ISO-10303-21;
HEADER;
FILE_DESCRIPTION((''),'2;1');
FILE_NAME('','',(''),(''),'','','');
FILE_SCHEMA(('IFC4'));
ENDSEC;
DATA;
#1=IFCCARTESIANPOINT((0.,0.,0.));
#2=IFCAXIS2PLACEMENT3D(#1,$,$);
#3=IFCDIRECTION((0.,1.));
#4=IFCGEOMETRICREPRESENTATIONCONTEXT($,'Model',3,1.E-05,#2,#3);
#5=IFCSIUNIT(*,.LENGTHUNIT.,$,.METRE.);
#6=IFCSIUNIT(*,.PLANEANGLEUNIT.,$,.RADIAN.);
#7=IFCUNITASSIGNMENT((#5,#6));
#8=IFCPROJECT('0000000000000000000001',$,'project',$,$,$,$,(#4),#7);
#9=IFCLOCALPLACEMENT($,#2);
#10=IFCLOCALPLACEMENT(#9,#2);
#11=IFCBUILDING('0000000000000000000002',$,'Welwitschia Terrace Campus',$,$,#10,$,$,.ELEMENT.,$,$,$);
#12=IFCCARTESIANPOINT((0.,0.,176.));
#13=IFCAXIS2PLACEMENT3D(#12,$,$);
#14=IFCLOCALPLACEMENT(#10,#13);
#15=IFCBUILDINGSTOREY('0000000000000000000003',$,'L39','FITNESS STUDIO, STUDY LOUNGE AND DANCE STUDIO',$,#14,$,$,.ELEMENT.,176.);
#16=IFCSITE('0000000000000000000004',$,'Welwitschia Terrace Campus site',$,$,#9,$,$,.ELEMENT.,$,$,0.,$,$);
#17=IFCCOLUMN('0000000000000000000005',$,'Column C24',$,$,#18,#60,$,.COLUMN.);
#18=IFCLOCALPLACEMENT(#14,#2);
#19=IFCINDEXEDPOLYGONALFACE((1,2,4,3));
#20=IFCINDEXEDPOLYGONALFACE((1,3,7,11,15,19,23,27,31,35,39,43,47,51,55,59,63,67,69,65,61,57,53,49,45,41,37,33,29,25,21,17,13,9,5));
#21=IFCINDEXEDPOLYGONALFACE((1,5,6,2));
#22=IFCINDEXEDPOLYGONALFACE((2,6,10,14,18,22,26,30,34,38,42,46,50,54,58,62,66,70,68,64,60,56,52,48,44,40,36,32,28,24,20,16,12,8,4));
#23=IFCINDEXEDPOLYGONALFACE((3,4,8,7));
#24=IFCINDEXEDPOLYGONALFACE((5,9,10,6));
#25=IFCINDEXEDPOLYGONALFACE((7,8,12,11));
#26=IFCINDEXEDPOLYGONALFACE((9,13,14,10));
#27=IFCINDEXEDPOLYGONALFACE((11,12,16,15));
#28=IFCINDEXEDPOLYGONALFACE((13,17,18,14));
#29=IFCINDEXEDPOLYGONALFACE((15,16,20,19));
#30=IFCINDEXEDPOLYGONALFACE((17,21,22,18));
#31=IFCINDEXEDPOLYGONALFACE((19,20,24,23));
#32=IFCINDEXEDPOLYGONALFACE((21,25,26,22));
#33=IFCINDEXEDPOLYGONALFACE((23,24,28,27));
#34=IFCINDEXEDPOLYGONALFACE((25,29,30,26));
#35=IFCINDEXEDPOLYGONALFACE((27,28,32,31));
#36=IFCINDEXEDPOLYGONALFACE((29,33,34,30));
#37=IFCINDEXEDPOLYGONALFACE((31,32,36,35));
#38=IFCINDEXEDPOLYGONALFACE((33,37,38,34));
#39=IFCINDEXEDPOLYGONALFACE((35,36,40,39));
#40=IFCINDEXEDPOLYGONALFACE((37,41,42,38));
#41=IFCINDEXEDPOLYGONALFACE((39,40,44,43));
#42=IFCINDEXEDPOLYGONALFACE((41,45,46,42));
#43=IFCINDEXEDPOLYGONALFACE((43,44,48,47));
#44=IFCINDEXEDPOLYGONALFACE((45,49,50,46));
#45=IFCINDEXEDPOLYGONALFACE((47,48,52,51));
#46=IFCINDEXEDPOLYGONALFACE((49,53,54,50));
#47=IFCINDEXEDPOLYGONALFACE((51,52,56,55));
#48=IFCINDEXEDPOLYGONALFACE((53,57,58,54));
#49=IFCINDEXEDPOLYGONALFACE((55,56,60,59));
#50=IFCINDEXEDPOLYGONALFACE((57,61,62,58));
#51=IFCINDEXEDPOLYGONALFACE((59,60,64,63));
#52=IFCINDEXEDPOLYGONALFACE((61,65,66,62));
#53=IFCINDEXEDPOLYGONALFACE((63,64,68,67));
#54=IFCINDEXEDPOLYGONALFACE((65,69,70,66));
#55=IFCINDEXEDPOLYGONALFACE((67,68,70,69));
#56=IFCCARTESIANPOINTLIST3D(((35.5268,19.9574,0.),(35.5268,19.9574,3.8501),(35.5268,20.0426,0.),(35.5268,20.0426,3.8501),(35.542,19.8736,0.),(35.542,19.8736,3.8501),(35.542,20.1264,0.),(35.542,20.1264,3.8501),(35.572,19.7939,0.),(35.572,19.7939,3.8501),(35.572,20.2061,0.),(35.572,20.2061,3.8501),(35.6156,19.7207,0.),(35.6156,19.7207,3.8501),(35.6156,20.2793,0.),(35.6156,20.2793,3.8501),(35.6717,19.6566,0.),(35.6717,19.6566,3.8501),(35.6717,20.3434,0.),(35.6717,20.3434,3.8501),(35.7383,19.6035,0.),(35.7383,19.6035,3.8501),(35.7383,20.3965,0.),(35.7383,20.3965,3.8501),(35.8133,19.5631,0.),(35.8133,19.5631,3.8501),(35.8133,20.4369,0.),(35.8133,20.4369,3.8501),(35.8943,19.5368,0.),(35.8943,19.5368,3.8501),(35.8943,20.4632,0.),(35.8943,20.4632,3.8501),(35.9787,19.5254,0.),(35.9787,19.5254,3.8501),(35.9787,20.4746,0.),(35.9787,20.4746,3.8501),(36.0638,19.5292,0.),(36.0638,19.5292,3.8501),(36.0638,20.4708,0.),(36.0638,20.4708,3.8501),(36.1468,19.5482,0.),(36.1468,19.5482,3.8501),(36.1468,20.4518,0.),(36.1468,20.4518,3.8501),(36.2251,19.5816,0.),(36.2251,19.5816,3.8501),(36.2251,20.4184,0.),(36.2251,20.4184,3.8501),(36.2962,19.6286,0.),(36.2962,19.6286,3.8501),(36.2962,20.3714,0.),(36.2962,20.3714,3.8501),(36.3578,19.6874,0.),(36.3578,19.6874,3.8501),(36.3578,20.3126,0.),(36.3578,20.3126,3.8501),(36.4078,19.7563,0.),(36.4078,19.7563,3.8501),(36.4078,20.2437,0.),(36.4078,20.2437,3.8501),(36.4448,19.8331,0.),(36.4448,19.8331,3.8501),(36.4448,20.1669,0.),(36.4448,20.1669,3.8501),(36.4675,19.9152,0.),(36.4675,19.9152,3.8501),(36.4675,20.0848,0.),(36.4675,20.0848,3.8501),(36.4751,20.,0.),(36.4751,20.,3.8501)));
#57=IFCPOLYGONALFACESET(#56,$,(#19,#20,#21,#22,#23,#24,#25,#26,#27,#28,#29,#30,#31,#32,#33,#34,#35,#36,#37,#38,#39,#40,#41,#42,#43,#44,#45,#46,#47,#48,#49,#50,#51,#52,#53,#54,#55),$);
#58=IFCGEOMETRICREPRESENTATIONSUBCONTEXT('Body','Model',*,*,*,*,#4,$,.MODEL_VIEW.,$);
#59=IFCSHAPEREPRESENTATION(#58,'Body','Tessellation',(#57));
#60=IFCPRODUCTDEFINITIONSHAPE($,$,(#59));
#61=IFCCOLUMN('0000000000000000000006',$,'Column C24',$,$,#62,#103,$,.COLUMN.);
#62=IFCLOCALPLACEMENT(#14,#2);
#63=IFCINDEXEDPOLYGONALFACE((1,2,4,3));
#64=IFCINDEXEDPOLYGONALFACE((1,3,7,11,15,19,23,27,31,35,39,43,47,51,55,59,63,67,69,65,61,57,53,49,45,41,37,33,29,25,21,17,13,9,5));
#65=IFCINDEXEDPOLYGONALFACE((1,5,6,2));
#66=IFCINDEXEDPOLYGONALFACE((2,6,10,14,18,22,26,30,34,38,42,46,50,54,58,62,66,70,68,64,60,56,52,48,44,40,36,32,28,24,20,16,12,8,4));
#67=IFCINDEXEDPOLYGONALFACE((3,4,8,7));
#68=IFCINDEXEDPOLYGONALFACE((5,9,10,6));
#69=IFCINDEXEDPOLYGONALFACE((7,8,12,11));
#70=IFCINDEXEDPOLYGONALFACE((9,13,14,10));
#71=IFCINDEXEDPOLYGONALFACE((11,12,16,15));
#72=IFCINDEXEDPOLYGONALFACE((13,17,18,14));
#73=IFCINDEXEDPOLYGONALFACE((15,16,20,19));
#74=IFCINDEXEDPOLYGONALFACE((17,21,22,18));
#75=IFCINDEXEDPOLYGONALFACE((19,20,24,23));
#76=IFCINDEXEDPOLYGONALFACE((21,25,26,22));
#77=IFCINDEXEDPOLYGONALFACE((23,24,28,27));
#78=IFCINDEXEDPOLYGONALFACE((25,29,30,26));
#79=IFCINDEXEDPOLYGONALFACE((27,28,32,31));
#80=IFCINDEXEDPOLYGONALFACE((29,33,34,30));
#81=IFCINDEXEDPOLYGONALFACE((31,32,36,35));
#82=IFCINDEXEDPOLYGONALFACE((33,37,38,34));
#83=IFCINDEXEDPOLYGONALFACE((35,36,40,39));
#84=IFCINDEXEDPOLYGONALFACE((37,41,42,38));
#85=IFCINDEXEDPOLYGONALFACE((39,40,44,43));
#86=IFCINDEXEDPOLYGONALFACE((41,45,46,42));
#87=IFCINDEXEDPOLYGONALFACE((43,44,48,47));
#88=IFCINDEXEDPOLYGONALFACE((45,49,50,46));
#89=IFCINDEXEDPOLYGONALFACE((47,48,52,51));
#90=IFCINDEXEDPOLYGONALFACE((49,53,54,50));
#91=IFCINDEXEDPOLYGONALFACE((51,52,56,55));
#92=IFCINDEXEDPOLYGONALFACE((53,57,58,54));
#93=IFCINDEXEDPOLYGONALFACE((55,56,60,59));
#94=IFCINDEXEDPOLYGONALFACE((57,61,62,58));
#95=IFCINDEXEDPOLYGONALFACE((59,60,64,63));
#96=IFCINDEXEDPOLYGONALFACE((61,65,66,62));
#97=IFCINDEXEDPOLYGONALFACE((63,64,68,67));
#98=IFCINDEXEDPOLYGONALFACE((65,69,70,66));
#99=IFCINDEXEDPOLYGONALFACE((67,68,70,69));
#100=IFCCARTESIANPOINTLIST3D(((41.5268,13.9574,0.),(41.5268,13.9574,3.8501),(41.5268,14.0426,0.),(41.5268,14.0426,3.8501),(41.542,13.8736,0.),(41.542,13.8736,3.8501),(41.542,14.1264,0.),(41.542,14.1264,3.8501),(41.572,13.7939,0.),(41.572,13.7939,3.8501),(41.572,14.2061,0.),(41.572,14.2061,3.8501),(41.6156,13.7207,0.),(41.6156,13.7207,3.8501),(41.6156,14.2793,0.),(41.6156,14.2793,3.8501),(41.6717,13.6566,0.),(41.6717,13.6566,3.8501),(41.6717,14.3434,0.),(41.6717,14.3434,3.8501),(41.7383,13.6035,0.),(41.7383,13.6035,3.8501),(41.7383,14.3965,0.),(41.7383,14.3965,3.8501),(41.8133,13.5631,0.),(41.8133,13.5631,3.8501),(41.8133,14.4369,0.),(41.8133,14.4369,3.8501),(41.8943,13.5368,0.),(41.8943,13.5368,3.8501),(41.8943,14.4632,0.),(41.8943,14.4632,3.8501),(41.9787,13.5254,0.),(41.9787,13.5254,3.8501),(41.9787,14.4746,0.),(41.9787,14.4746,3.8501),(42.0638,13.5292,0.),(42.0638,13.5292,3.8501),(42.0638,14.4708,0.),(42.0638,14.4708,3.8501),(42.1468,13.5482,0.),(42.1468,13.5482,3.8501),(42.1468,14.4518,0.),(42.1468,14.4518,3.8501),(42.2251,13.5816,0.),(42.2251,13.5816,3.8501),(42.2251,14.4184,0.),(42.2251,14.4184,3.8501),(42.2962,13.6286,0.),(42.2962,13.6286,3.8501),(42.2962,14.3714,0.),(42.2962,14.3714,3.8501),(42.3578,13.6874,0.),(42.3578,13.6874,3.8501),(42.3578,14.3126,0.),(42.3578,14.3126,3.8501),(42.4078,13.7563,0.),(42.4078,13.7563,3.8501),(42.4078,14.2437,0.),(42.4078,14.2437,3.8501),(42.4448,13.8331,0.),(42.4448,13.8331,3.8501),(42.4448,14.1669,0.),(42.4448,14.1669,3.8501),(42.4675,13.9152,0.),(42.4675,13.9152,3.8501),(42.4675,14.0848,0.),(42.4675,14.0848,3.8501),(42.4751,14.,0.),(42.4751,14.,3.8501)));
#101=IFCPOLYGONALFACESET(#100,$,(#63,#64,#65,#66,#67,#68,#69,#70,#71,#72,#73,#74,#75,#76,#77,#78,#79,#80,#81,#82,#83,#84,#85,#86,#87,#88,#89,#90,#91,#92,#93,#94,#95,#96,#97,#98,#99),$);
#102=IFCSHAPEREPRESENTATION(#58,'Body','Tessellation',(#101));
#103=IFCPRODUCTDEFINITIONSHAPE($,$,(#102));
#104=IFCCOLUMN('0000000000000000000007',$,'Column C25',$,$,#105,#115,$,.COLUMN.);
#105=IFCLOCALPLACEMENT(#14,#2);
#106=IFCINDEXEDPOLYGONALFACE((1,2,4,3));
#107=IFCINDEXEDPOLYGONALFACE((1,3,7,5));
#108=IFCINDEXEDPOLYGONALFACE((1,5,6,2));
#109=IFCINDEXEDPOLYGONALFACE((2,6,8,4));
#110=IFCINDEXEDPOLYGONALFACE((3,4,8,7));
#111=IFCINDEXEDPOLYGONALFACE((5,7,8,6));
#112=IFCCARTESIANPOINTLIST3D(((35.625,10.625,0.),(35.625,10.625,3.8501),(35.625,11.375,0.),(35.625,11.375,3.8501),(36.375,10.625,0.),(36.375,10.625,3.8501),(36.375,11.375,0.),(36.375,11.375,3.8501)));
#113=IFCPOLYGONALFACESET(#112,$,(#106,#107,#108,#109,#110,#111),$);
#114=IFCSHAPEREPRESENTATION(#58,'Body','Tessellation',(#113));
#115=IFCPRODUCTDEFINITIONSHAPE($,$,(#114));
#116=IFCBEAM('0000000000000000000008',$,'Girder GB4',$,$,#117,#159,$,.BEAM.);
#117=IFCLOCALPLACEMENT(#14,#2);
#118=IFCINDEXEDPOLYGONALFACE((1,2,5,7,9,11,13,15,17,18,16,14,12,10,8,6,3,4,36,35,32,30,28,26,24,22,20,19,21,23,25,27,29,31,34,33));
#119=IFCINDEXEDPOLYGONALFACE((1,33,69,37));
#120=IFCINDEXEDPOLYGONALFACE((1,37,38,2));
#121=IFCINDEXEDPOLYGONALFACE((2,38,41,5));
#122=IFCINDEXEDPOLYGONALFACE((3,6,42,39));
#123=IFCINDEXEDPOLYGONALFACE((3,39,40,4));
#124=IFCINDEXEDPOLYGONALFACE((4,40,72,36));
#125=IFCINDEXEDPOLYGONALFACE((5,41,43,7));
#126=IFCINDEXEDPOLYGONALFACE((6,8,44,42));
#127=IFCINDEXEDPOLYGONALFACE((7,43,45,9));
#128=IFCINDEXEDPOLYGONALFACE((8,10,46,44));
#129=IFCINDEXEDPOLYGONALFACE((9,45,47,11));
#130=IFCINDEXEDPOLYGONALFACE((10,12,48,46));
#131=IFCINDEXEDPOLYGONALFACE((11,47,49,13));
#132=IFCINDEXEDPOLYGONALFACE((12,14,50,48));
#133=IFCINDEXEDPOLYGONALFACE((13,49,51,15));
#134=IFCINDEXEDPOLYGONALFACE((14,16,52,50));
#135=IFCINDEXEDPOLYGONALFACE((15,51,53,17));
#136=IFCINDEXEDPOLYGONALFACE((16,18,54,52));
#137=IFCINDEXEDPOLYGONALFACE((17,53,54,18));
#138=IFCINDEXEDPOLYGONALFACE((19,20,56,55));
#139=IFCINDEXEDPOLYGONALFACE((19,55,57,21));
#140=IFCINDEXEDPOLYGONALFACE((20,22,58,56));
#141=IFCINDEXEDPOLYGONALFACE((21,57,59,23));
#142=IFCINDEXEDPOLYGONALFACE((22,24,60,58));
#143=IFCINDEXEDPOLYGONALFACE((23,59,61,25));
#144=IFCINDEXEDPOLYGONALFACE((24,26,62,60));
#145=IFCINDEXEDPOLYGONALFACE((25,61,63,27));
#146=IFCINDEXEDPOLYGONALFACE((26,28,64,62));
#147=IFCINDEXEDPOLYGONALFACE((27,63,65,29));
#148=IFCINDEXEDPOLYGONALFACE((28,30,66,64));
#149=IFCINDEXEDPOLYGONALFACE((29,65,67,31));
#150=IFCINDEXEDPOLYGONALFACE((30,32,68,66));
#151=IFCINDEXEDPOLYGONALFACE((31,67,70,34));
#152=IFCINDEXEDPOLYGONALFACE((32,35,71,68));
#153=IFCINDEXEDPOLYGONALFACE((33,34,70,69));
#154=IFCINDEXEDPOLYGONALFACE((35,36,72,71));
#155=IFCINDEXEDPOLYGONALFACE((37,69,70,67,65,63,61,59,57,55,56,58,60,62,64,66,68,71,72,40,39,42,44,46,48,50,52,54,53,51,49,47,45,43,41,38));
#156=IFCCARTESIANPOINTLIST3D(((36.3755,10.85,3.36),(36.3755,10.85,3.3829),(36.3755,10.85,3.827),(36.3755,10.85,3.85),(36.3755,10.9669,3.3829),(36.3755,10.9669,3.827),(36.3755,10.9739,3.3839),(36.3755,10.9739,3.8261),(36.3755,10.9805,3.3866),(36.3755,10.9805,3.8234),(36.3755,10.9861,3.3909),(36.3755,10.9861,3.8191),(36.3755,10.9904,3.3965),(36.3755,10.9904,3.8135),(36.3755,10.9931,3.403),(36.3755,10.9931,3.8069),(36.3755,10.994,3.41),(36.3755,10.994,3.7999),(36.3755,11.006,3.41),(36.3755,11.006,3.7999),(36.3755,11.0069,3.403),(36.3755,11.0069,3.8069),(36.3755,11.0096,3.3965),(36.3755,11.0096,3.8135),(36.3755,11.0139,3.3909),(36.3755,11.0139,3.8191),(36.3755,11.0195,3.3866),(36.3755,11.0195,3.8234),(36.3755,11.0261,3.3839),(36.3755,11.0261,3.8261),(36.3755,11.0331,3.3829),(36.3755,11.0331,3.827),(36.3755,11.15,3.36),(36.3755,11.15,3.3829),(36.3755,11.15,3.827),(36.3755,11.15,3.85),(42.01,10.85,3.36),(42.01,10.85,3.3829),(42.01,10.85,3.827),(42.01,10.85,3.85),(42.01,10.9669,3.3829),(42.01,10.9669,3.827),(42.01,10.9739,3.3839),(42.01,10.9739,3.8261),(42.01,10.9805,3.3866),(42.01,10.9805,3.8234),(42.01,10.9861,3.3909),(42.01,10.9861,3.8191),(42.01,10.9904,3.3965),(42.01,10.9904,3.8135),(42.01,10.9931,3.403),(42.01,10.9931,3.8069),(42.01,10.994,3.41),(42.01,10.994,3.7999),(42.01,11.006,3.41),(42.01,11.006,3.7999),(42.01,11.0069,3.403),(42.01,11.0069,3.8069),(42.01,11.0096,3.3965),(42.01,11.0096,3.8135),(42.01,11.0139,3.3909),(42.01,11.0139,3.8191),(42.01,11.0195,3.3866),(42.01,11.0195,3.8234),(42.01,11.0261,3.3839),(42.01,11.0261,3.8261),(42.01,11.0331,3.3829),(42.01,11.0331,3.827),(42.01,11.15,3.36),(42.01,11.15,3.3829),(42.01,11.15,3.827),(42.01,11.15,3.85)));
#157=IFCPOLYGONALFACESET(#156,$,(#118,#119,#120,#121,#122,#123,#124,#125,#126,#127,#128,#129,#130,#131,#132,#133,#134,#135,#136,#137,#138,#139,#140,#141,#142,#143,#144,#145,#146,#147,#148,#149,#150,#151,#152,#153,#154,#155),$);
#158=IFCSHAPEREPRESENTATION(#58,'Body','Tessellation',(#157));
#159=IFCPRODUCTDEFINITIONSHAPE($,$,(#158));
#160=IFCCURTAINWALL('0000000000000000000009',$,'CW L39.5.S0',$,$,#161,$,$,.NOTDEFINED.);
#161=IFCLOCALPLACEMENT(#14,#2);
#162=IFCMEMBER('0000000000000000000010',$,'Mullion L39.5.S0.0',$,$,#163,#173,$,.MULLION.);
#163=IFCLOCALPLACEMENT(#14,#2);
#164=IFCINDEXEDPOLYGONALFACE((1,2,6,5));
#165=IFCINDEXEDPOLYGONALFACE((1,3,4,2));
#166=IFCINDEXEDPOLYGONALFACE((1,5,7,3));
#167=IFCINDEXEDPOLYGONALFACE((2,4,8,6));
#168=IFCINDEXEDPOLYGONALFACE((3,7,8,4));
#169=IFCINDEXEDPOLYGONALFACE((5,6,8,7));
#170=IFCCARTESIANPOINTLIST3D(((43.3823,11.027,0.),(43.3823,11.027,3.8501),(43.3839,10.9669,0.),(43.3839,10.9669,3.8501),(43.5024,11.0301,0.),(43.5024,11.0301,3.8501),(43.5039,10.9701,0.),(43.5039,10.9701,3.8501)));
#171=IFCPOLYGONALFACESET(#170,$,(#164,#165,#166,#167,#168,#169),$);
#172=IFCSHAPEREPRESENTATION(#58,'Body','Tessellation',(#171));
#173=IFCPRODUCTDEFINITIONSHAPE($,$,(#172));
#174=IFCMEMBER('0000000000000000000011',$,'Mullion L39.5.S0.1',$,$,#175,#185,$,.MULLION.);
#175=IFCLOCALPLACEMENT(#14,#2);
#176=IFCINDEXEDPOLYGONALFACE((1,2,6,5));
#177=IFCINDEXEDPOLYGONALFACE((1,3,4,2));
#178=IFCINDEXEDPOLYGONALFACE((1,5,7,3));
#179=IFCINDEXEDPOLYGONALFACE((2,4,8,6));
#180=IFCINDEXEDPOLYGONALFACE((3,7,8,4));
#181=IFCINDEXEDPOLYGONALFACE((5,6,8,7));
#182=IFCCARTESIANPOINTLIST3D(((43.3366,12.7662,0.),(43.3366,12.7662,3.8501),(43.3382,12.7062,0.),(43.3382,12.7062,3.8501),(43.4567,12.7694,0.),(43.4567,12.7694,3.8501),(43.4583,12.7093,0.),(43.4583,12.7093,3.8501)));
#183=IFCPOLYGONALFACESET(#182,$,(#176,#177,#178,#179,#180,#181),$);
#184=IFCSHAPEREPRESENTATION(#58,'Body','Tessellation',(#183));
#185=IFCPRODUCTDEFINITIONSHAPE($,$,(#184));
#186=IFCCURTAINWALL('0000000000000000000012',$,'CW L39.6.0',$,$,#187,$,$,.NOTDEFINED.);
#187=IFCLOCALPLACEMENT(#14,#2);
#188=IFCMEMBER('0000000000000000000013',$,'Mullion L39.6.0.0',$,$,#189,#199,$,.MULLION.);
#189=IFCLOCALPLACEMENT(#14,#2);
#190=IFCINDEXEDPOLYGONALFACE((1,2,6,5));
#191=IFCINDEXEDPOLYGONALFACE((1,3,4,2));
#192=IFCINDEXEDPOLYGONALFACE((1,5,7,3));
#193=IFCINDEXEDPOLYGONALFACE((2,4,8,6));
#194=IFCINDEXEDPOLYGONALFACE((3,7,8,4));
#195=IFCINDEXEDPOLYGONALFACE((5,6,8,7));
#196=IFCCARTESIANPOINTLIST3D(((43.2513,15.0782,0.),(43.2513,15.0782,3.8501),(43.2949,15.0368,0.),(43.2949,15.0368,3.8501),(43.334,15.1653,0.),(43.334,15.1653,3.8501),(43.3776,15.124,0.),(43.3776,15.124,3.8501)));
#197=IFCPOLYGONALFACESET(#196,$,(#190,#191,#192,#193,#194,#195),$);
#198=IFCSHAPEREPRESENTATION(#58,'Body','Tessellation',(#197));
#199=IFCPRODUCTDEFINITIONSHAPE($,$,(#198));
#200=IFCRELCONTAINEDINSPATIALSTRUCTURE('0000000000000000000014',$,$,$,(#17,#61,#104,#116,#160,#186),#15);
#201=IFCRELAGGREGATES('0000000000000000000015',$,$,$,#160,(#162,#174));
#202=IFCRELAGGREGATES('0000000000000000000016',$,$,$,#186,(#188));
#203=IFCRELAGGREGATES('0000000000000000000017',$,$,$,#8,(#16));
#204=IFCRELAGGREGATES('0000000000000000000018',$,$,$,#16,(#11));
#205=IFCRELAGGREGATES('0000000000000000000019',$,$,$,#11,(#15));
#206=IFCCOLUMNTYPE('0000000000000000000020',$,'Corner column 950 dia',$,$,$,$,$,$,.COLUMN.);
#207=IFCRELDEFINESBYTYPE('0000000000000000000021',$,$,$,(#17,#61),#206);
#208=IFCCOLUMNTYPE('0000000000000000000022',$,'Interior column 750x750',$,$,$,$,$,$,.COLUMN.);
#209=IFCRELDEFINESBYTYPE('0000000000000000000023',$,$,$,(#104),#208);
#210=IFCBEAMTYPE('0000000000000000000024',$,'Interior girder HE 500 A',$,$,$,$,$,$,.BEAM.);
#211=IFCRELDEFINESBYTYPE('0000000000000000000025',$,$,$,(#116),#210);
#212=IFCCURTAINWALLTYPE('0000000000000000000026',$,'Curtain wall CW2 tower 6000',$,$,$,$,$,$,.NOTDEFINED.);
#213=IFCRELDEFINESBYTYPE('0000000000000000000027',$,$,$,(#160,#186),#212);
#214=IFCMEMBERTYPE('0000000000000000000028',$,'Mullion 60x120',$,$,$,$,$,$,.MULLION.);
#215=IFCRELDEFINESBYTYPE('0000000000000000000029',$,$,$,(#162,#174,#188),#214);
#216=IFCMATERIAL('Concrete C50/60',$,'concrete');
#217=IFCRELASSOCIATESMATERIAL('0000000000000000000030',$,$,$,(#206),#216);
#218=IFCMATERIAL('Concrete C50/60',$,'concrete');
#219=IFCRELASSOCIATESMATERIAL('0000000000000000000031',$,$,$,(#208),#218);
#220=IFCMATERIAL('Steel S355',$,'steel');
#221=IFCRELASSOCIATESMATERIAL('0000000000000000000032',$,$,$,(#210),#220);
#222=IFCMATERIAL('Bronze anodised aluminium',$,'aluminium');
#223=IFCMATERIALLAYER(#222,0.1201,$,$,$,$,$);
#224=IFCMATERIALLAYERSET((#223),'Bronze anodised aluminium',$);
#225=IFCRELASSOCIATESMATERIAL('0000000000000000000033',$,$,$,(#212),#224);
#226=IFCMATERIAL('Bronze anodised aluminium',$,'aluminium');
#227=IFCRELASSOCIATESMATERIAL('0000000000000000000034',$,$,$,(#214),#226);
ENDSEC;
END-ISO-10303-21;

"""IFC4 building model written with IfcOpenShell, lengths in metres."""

from ifc_helpers import new_model, si_unit, direction, frame, origin, origin_2d, place, context, subcontext, project, spatial, rectangle, circle, i_section, extrude, material, layer, layer_set, material_profile, profile_set, type_object, element, aggregate, save


model = new_model("IFC4")

# Units and contexts
model_context = context("Model", 3, precision=1e-05, world=origin(), true_north=direction((0.0, 1.0)))
body_context = subcontext(model_context, "Body", "Model", "MODEL_VIEW")
ifc_project = project(units=[si_unit("LENGTHUNIT", "METRE"), si_unit("PLANEANGLEUNIT", "RADIAN")], contexts=[model_context])

# Site, building, storey
site_placement = place(None, origin())
site = spatial("IfcSite", under=ifc_project, at=site_placement, Name="Welwitschia Terrace Campus site", CompositionType="ELEMENT", RefElevation=0.0)
building_placement = place(site_placement, origin())
building = spatial("IfcBuilding", under=site, at=building_placement, Name="Welwitschia Terrace Campus", CompositionType="ELEMENT")
storey_placement = place(building_placement, frame((0.0, 0.0, 176.0)))
storey = spatial("IfcBuildingStorey", under=building, at=storey_placement, Name="L39", Description="FITNESS STUDIO, STUDY LOUNGE AND DANCE STUDIO", CompositionType="ELEMENT", Elevation=176.0)

# Columns
ifc_material_1 = material(Name="Concrete C50/60", Category="concrete")
ifc_material_profile_1 = material_profile(ifc_material_1, circle(Radius=0.4751, at=origin_2d()))
ifc_profile_set_1 = profile_set([ifc_material_profile_1], Name="Concrete C50/60")
column_type_1 = type_object("IfcColumnType", Name="Corner column 950 dia", PredefinedType="COLUMN", material=ifc_profile_set_1)
for number, where, z_axis, x_axis, name in (
    (1, (36.0, 20.0, 0.0), (0.0, 0.0, 1.0), (1.0, 0.0, 0.0), "Column C24"),
    (2, (42.0, 14.0, 0.0), (0.0, 0.0, 1.0), (1.0, 0.0, 0.0), "Column C24"),
):
    element("IfcColumn", number, at=place(storey_placement, frame(where, z_axis=z_axis, x_axis=x_axis)), inside=storey, type_object=column_type_1, Name=name, PredefinedType="COLUMN", context=body_context, shape_type="SweptSolid", body=[
        extrude(circle(Radius=0.4751, at=origin_2d()), origin(), (0.0, 0.0, 1.0), 3.8501),
    ])
ifc_material_2 = material(Name="Concrete C50/60", Category="concrete")
ifc_material_profile_2 = material_profile(ifc_material_2, rectangle(XDim=0.75, YDim=0.75, at=origin_2d()))
ifc_profile_set_2 = profile_set([ifc_material_profile_2], Name="Concrete C50/60")
column_type_2 = type_object("IfcColumnType", Name="Interior column 750x750", PredefinedType="COLUMN", material=ifc_profile_set_2)
column_placement = place(storey_placement, frame((36.0, 11.0, 0.0), z_axis=(0.0, 0.0, 1.0), x_axis=(1.0, 0.0, 0.0)))
element("IfcColumn", 3, at=column_placement, inside=storey, type_object=column_type_2, Name="Column C25", PredefinedType="COLUMN", context=body_context, shape_type="SweptSolid", body=[
    extrude(rectangle(XDim=0.75, YDim=0.75, at=origin_2d()), origin(), (0.0, 0.0, 1.0), 3.8501),
])

# Beam
ifc_material_3 = material(Name="Steel S355", Category="steel")
ifc_material_profile_3 = material_profile(ifc_material_3, i_section(OverallWidth=0.3, OverallDepth=0.49, WebThickness=0.012, FlangeThickness=0.0229, FilletRadius=0.0271, at=origin_2d()))
ifc_profile_set_3 = profile_set([ifc_material_profile_3], Name="Steel S355")
beam_type_1 = type_object("IfcBeamType", Name="Interior girder HE 500 A", PredefinedType="BEAM", material=ifc_profile_set_3)
beam_1_placement = place(storey_placement, frame((36.3755, 11.0, 3.605), z_axis=(1.0, 0.0, 0.0), x_axis=(0.0, 1.0, 0.0)))
element("IfcBeam", 4, at=beam_1_placement, inside=storey, type_object=beam_type_1, Name="Girder GB4", PredefinedType="BEAM", context=body_context, shape_type="SweptSolid", body=[
    extrude(i_section(OverallWidth=0.3, OverallDepth=0.49, WebThickness=0.012, FlangeThickness=0.0229, FilletRadius=0.0271, at=origin_2d()), origin(), (0.0, 0.0, 1.0), 5.6345),
])

# Curtain walls, members
ifc_material_4 = material(Name="Bronze anodised aluminium", Category="aluminium")
ifc_layer_1 = layer(ifc_material_4, 0.1201)
ifc_layer_set_1 = layer_set([ifc_layer_1], Name="Bronze anodised aluminium")
curtain_wall_type = type_object("IfcCurtainWallType", Name="Curtain wall CW2 tower 6000", PredefinedType="NOTDEFINED", material=ifc_layer_set_1)
curtain_wall_1_placement = place(storey_placement, origin())
curtain_wall_1 = element("IfcCurtainWall", 5, at=curtain_wall_1_placement, inside=storey, type_object=curtain_wall_type, Name="CW L39.5.S0", PredefinedType="NOTDEFINED")
ifc_material_5 = material(Name="Bronze anodised aluminium", Category="aluminium")
ifc_material_profile_4 = material_profile(ifc_material_5, rectangle(XDim=0.1201, YDim=0.0601, at=origin_2d()))
ifc_profile_set_4 = profile_set([ifc_material_profile_4], Name="Bronze anodised aluminium")
member_type_1 = type_object("IfcMemberType", Name="Mullion 60x120", PredefinedType="MULLION", material=ifc_profile_set_4)
member_1_placement = place(storey_placement, frame((43.4431, 10.9985, 0.0), z_axis=(0.0, 0.0, 1.0), x_axis=(-0.999657, -0.026177, 0.0)))
member_1 = element("IfcMember", 6, at=member_1_placement, type_object=member_type_1, Name="Mullion L39.5.S0.0", PredefinedType="MULLION", context=body_context, shape_type="SweptSolid", body=[
    extrude(rectangle(XDim=0.1201, YDim=0.0601, at=origin_2d()), origin(), (0.0, 0.0, 1.0), 3.8501),
])
member_2_placement = place(storey_placement, frame((43.3975, 12.7378, 0.0), z_axis=(0.0, 0.0, 1.0), x_axis=(-0.999657, -0.026177, 0.0)))
member_2 = element("IfcMember", 7, at=member_2_placement, type_object=member_type_1, Name="Mullion L39.5.S0.1", PredefinedType="MULLION", context=body_context, shape_type="SweptSolid", body=[
    extrude(rectangle(XDim=0.1201, YDim=0.0601, at=origin_2d()), origin(), (0.0, 0.0, 1.0), 3.8501),
])
curtain_wall_2_placement = place(storey_placement, origin())
curtain_wall_2 = element("IfcCurtainWall", 8, at=curtain_wall_2_placement, inside=storey, type_object=curtain_wall_type, Name="CW L39.6.0", PredefinedType="NOTDEFINED")
member_3_placement = place(storey_placement, frame((43.3145, 15.1011, 0.0), z_axis=(0.0, 0.0, 1.0), x_axis=(-0.688355, -0.725374, 0.0)))
member_3 = element("IfcMember", 9, at=member_3_placement, type_object=member_type_1, Name="Mullion L39.6.0.0", PredefinedType="MULLION", context=body_context, shape_type="SweptSolid", body=[
    extrude(rectangle(XDim=0.1201, YDim=0.0601, at=origin_2d()), origin(), (0.0, 0.0, 1.0), 3.8501),
])

aggregate(curtain_wall_1, [member_1, member_2])
aggregate(curtain_wall_2, [member_3])

save(model, "model.ifc")
